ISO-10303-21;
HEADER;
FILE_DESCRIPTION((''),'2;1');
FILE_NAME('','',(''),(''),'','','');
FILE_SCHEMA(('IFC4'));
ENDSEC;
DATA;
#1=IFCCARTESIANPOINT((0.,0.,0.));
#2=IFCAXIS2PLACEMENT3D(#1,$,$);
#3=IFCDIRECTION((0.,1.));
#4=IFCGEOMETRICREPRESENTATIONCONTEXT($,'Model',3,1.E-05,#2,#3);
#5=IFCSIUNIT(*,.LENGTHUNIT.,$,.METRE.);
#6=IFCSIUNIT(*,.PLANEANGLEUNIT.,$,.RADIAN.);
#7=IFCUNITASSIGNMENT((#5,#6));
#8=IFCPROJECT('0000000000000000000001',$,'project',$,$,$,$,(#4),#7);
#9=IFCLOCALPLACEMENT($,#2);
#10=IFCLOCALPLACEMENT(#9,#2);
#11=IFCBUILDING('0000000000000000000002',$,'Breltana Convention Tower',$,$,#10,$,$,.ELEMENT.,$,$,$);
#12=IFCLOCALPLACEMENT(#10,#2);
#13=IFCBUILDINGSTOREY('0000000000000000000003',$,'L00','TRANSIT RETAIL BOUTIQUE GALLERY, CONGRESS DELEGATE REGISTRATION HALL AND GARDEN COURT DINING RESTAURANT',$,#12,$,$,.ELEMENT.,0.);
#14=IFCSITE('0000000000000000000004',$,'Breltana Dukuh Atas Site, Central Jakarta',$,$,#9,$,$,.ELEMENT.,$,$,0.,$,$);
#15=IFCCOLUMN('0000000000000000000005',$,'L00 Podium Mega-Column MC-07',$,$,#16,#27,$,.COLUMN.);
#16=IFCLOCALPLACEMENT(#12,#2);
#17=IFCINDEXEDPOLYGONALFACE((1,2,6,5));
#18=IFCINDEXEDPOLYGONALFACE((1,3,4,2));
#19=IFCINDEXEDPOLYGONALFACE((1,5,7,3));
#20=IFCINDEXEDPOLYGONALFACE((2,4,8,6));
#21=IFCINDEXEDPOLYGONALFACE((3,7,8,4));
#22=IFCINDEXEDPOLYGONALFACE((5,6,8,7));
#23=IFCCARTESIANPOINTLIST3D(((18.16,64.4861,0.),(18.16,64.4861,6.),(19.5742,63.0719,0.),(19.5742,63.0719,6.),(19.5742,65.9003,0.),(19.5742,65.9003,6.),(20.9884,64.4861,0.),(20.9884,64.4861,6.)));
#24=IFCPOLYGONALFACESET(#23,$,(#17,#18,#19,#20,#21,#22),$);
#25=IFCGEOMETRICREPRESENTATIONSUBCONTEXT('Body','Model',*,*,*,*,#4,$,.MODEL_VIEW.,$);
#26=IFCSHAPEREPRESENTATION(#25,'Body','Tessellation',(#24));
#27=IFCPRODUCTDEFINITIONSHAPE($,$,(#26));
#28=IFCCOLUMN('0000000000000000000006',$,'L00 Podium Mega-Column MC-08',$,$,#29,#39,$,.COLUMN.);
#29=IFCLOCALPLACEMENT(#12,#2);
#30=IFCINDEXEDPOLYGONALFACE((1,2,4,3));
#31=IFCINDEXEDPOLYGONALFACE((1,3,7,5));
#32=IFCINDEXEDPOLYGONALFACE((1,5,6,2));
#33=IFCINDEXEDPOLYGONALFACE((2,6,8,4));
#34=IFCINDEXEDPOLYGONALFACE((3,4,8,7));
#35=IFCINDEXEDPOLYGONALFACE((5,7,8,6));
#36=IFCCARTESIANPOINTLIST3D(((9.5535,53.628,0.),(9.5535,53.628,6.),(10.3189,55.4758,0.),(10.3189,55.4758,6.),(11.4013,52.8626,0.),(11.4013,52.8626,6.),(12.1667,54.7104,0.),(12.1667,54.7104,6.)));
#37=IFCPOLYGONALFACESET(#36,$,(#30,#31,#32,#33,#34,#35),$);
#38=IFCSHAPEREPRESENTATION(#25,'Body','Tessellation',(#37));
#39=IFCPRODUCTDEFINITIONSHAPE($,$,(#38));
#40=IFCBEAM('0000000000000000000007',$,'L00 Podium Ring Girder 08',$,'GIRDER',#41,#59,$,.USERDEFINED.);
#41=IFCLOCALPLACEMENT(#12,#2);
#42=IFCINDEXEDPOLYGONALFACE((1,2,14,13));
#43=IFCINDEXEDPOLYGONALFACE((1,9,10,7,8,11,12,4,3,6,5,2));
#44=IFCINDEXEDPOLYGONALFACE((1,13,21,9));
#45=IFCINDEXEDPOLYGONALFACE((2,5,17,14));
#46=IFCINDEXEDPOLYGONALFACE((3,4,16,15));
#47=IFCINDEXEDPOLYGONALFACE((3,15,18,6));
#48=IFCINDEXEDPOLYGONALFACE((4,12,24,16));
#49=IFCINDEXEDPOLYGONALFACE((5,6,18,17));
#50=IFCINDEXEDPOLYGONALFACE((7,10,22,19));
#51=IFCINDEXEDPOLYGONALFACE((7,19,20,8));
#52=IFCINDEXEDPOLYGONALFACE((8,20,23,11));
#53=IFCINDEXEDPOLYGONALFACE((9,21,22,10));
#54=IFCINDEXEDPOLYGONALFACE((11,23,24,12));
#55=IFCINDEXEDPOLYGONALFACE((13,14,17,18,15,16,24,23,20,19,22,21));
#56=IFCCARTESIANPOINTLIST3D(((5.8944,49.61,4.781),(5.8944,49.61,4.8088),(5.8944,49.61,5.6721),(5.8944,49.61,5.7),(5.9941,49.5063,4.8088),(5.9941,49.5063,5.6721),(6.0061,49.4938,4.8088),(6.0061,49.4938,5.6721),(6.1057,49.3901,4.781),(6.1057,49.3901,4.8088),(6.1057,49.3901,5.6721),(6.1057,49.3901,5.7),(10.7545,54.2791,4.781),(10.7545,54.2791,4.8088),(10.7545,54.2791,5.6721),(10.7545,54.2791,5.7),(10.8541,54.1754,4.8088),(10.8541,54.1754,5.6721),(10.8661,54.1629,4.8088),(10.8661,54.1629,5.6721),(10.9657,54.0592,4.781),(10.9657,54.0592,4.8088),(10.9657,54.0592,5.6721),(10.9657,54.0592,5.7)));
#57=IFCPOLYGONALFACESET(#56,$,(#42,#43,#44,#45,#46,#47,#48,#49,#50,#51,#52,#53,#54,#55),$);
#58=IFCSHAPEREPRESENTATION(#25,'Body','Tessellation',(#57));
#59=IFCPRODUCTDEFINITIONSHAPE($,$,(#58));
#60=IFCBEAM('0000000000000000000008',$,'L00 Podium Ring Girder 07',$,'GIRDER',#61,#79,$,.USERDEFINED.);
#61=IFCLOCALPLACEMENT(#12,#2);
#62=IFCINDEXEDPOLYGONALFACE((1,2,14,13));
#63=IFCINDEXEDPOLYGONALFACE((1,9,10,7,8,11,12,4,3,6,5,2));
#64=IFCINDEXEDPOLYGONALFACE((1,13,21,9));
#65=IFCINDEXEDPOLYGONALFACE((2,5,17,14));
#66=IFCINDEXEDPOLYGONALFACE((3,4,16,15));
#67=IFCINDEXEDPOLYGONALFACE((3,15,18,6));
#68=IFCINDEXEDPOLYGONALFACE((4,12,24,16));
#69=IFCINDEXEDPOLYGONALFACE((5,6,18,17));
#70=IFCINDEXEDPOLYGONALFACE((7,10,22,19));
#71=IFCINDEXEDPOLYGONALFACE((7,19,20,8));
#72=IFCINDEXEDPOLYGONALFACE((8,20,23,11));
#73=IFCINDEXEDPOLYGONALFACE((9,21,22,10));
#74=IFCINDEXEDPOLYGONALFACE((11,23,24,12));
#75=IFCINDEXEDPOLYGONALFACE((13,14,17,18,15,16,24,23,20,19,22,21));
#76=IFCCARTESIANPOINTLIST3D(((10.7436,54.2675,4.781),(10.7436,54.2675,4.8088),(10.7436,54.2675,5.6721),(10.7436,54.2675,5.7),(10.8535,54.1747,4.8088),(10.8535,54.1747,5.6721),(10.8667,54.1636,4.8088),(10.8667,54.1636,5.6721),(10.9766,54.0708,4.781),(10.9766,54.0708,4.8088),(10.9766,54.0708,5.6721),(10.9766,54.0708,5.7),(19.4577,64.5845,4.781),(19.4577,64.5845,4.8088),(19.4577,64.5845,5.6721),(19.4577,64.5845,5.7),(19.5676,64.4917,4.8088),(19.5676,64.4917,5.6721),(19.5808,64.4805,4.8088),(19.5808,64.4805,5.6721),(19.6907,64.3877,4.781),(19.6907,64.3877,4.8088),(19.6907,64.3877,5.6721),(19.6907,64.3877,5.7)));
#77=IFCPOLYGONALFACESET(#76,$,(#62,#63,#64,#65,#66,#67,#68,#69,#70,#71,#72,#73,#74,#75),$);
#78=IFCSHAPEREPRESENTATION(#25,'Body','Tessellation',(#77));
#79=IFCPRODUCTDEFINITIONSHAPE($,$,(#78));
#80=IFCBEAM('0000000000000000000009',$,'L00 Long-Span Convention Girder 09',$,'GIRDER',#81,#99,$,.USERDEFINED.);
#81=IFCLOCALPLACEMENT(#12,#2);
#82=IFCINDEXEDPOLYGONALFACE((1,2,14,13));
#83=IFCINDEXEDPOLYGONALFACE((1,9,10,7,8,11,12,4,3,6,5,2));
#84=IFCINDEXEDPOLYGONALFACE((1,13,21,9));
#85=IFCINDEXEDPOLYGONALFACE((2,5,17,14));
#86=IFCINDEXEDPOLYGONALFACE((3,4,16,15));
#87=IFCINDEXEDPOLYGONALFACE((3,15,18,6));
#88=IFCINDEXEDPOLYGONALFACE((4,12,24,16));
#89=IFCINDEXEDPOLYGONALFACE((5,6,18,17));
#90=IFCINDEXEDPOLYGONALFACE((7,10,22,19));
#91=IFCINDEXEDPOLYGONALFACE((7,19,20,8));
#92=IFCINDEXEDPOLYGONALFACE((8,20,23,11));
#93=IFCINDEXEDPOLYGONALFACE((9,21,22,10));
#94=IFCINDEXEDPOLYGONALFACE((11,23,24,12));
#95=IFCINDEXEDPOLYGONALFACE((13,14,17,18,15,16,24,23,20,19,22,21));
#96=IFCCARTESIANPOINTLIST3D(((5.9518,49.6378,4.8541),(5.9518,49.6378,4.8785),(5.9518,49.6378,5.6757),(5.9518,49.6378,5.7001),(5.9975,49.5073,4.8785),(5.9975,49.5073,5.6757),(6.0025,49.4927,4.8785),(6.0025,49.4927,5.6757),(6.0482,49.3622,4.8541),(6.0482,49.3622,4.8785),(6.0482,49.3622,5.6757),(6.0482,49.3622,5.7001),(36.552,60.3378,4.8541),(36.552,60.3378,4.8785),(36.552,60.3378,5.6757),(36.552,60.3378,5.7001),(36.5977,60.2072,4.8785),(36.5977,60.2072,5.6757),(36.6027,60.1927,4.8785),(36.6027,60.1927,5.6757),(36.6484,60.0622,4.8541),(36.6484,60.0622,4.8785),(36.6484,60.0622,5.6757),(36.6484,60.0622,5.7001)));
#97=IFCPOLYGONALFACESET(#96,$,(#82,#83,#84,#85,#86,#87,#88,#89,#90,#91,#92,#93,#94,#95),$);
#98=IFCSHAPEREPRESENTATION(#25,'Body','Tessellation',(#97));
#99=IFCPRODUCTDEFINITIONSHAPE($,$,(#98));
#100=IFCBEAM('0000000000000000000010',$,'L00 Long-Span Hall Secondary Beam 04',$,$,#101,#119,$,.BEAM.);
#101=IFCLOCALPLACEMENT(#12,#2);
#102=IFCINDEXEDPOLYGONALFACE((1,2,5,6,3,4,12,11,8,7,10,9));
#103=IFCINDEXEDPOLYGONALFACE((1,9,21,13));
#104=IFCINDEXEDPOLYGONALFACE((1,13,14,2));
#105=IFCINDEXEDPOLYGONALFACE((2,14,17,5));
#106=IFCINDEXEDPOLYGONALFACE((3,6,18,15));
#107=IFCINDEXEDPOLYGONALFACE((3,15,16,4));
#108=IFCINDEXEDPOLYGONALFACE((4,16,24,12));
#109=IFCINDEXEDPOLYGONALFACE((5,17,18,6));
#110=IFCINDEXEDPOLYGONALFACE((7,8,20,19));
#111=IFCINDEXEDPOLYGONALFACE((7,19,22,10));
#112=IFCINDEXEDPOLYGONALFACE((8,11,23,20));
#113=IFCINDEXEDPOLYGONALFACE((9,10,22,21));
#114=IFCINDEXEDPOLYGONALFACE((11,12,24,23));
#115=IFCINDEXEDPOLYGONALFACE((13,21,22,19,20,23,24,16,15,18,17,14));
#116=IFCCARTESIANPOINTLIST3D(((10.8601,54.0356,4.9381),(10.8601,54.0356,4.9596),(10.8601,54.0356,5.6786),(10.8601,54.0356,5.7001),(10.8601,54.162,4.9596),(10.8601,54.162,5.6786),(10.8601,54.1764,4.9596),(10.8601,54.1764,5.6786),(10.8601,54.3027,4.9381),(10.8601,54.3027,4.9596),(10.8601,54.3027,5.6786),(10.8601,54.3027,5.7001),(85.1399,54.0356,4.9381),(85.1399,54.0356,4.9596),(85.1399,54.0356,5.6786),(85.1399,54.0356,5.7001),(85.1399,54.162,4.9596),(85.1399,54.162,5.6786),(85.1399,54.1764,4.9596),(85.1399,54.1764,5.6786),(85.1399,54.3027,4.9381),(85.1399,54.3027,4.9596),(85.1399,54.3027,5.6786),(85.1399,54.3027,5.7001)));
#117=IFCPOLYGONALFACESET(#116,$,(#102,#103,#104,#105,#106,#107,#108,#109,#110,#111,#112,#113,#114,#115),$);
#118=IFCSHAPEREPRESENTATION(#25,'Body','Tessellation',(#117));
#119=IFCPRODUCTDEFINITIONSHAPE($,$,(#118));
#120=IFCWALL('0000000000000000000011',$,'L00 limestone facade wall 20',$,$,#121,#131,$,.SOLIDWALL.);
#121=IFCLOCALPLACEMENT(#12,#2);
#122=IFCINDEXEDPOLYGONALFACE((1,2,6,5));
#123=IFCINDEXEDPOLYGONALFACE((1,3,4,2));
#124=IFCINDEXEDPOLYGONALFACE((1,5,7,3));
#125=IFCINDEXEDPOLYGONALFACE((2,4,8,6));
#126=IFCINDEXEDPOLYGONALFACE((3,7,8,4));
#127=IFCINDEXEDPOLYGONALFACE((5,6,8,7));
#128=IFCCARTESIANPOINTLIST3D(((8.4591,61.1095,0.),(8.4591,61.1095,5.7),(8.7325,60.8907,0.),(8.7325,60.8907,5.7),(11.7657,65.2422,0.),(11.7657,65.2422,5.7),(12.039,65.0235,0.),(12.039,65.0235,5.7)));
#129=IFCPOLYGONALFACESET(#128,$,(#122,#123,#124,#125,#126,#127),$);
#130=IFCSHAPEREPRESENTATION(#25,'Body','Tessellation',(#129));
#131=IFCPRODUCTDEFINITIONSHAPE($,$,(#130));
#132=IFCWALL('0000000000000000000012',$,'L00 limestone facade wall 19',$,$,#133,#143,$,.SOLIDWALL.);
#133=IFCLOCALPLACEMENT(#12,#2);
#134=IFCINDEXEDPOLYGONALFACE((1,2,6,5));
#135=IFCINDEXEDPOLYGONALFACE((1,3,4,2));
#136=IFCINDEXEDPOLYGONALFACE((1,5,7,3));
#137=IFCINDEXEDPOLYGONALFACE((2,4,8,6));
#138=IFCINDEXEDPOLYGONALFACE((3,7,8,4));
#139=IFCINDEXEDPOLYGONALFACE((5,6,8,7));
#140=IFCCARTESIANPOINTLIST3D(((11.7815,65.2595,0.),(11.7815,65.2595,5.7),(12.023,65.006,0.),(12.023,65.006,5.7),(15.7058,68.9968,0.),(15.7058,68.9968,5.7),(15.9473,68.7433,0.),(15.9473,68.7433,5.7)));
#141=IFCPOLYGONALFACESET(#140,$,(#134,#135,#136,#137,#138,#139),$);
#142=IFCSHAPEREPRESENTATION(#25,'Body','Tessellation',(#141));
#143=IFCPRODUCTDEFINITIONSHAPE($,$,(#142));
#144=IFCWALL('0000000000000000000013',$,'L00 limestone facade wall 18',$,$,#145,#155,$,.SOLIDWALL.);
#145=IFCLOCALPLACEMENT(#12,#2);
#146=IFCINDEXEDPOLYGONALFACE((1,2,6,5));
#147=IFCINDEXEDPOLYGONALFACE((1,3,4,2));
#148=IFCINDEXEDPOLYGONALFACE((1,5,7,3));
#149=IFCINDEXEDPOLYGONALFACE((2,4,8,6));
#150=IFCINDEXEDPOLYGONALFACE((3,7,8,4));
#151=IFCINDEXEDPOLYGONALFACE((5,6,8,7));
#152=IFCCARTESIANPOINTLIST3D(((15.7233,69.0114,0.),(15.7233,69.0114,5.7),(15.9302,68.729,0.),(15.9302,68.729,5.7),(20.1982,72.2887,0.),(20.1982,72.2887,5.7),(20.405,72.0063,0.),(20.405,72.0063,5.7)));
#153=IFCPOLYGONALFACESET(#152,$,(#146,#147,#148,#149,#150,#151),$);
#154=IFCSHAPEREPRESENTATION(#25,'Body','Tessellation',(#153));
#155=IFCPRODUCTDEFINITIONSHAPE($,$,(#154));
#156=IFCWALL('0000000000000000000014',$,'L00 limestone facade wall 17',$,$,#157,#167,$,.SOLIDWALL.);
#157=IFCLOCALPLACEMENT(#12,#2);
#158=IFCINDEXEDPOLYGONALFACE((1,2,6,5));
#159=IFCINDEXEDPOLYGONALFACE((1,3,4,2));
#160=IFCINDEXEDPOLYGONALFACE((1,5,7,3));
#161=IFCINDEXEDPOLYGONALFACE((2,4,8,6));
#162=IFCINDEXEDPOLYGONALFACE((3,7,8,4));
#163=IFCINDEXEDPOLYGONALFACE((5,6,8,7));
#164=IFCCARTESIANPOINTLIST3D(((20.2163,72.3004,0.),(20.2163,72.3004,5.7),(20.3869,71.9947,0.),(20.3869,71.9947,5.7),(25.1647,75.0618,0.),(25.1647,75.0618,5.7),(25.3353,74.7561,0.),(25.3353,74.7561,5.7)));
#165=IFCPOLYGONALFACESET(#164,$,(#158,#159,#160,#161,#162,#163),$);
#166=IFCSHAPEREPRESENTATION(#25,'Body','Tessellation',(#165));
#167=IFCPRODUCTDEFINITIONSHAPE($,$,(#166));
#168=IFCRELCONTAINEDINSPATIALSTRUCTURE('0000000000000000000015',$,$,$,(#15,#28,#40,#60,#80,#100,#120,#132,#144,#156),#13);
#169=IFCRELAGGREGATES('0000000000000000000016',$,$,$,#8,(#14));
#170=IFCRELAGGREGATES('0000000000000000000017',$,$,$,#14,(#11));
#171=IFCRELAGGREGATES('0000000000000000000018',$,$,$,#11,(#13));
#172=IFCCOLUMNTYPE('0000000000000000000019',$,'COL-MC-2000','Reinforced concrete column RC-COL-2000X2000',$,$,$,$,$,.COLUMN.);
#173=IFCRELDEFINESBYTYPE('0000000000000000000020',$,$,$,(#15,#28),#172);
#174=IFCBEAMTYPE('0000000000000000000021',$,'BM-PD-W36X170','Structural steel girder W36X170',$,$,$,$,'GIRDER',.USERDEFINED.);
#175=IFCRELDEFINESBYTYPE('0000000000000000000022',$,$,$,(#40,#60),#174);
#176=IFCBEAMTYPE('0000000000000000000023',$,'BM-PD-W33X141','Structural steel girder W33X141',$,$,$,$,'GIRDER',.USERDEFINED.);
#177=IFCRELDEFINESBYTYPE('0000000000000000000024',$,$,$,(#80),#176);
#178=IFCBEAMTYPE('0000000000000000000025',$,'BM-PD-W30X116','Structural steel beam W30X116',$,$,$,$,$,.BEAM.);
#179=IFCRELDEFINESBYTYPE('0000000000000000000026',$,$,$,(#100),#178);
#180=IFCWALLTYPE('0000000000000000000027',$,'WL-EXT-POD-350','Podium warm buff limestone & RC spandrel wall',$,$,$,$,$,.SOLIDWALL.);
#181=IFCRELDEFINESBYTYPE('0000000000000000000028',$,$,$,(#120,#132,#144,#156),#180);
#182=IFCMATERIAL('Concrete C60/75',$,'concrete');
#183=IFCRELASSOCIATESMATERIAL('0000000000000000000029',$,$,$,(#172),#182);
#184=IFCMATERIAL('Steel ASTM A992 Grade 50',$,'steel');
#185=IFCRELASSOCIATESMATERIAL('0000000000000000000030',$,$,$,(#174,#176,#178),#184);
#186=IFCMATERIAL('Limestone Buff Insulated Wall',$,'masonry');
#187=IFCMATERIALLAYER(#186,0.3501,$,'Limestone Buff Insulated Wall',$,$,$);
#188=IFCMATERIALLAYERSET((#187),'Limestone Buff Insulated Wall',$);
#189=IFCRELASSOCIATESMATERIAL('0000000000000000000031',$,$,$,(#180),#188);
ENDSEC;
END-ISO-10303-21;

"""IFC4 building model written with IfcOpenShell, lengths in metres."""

from ifc_helpers import new_model, si_unit, direction, frame, frame_2d, origin, origin_2d, place, context, subcontext, project, spatial, rectangle, i_section, extrude, source, transform, mapped, material, layer, layer_set, material_profile, profile_set, type_object, type_shapes, element, save


model = new_model("IFC4")

# Units and contexts
model_context = context("Model", 3, precision=1e-05, world=origin(), true_north=direction((0.0, 1.0)))
body_context = subcontext(model_context, "Body", "Model", "MODEL_VIEW")
ifc_project = project(units=[si_unit("LENGTHUNIT", "METRE"), si_unit("PLANEANGLEUNIT", "RADIAN")], contexts=[model_context])

# Site, building, storey
site_placement = place(None, origin())
site = spatial("IfcSite", under=ifc_project, at=site_placement, Name="Breltana Dukuh Atas Site, Central Jakarta", CompositionType="ELEMENT", RefElevation=0.0)
building_placement = place(site_placement, origin())
building = spatial("IfcBuilding", under=site, at=building_placement, Name="Breltana Convention Tower", CompositionType="ELEMENT")
storey_placement = place(building_placement, origin())
storey = spatial("IfcBuildingStorey", under=building, at=storey_placement, Name="L00", Description="TRANSIT RETAIL BOUTIQUE GALLERY, CONGRESS DELEGATE REGISTRATION HALL AND GARDEN COURT DINING RESTAURANT", CompositionType="ELEMENT", Elevation=0.0)

# Columns
ifc_material_1 = material(Name="Concrete C60/75", Category="concrete")
ifc_material_profile_1 = material_profile(ifc_material_1, rectangle(XDim=2.0, YDim=2.0, at=origin_2d()), Name="RC-COL-2000X2000")
ifc_profile_set_1 = profile_set([ifc_material_profile_1], Name="Concrete C60/75")
column_type = type_object("IfcColumnType", Name="COL-MC-2000", Description="Reinforced concrete column RC-COL-2000X2000", PredefinedType="COLUMN", material=ifc_profile_set_1)
shared_shape_1 = source(origin(), body_context, "Body", "SweptSolid", [
    extrude(rectangle(XDim=2.0, YDim=2.0, at=origin_2d()), origin(), (0.0, 0.0, 1.0), 6.0),
])
for number, where, z_axis, x_axis, name in (
    (1, (19.5742, 64.4861, 0.0), (0.0, 0.0, 1.0), (-0.707107, 0.707107, 0.0), "L00 Podium Mega-Column MC-07"),
    (2, (10.8601, 54.1692, 0.0), (0.0, 0.0, 1.0), (-0.92388, 0.382683, 0.0), "L00 Podium Mega-Column MC-08"),
):
    element("IfcColumn", number, at=place(storey_placement, frame(where, z_axis=z_axis, x_axis=x_axis)), inside=storey, type_object=column_type, Name=name, PredefinedType="COLUMN", context=body_context, shape_type="MappedRepresentation", body=[
        mapped(shared_shape_1, transform((0.0, 0.0, 0.0), scale=1.0)),
    ])

# Beams
ifc_material_2 = material(Name="Steel ASTM A992 Grade 50", Category="steel")
ifc_material_profile_2 = material_profile(ifc_material_2, i_section(OverallWidth=0.3049, OverallDepth=0.9189, WebThickness=0.0173, FlangeThickness=0.0278, at=origin_2d()), Name="W36X170")
ifc_profile_set_2 = profile_set([ifc_material_profile_2], Name="Steel ASTM A992 Grade 50")
beam_type_1 = type_object("IfcBeamType", Name="BM-PD-W36X170", Description="Structural steel girder W36X170", ElementType="GIRDER", PredefinedType="USERDEFINED", material=ifc_profile_set_2)
shared_shape_2 = source(origin(), body_context, "Body", "SweptSolid", [
    extrude(i_section(OverallWidth=0.3049, OverallDepth=0.9189, WebThickness=0.0173, FlangeThickness=0.0278, at=origin_2d()), origin(), (0.0, 0.0, 1.0), 6.7395),
])
type_shapes(beam_type_1, [shared_shape_2])
beam_1_placement = place(storey_placement, frame((10.8601, 54.1692, 5.2405), z_axis=(-0.721129, -0.692801, 0.0), x_axis=(0.692801, -0.721129, 0.0)))
element("IfcBeam", 3, at=beam_1_placement, inside=storey, type_object=beam_type_1, Name="L00 Podium Ring Girder 08", ObjectType="GIRDER", PredefinedType="USERDEFINED", context=body_context, shape_type="MappedRepresentation", body=[
    mapped(shared_shape_2, transform((0.0, 0.0, 0.0), scale=1.0)),
])
shared_shape_3 = source(origin(), body_context, "Body", "SweptSolid", [
    extrude(i_section(OverallWidth=0.3049, OverallDepth=0.9189, WebThickness=0.0173, FlangeThickness=0.0278, at=origin_2d()), origin(), (0.0, 0.0, 1.0), 13.5046),
])
beam_2_placement = place(storey_placement, frame((19.5742, 64.4861, 5.2405), z_axis=(-0.64527, -0.763954, 0.0), x_axis=(0.763954, -0.64527, 0.0)))
element("IfcBeam", 4, at=beam_2_placement, inside=storey, type_object=beam_type_1, Name="L00 Podium Ring Girder 07", ObjectType="GIRDER", PredefinedType="USERDEFINED", context=body_context, shape_type="MappedRepresentation", body=[
    mapped(shared_shape_3, transform((0.0, 0.0, 0.0), scale=1.0)),
])
ifc_material_profile_3 = material_profile(ifc_material_2, i_section(OverallWidth=0.292, OverallDepth=0.8459, WebThickness=0.0154, FlangeThickness=0.0244, at=origin_2d()), Name="W33X141")
ifc_profile_set_3 = profile_set([ifc_material_profile_3], Name="Steel ASTM A992 Grade 50")
beam_type_2 = type_object("IfcBeamType", Name="BM-PD-W33X141", Description="Structural steel girder W33X141", ElementType="GIRDER", PredefinedType="USERDEFINED", material=ifc_profile_set_3)
shared_shape_4 = source(origin(), body_context, "Body", "SweptSolid", [
    extrude(i_section(OverallWidth=0.292, OverallDepth=0.8459, WebThickness=0.0154, FlangeThickness=0.0244, at=origin_2d()), origin(), (0.0, 0.0, 1.0), 32.417),
])
type_shapes(beam_type_2, [shared_shape_4])
beam_3_placement = place(storey_placement, frame((6.0, 49.5, 5.2771), z_axis=(0.943955, 0.330073, 0.0), x_axis=(-0.330073, 0.943955, 0.0)))
element("IfcBeam", 5, at=beam_3_placement, inside=storey, type_object=beam_type_2, Name="L00 Long-Span Convention Girder 09", ObjectType="GIRDER", PredefinedType="USERDEFINED", context=body_context, shape_type="MappedRepresentation", body=[
    mapped(shared_shape_4, transform((0.0, 0.0, 0.0), scale=1.0)),
])
ifc_material_profile_4 = material_profile(ifc_material_2, i_section(OverallWidth=0.2671, OverallDepth=0.762, WebThickness=0.0144, FlangeThickness=0.0215, at=origin_2d()), Name="W30X116")
ifc_profile_set_4 = profile_set([ifc_material_profile_4], Name="Steel ASTM A992 Grade 50")
beam_type_3 = type_object("IfcBeamType", Name="BM-PD-W30X116", Description="Structural steel beam W30X116", PredefinedType="BEAM", material=ifc_profile_set_4)
shared_shape_5 = source(origin(), body_context, "Body", "SweptSolid", [
    extrude(i_section(OverallWidth=0.2671, OverallDepth=0.762, WebThickness=0.0144, FlangeThickness=0.0215, at=origin_2d()), origin(), (0.0, 0.0, 1.0), 74.2798),
])
type_shapes(beam_type_3, [shared_shape_5])
beam_4_placement = place(storey_placement, frame((10.8601, 54.1692, 5.3191), z_axis=(1.0, 0.0, 0.0), x_axis=(0.0, 1.0, 0.0)))
element("IfcBeam", 6, at=beam_4_placement, inside=storey, type_object=beam_type_3, Name="L00 Long-Span Hall Secondary Beam 04", PredefinedType="BEAM", context=body_context, shape_type="MappedRepresentation", body=[
    mapped(shared_shape_5, transform((0.0, 0.0, 0.0), scale=1.0)),
])

# Walls
ifc_material_3 = material(Name="Limestone Buff Insulated Wall", Category="masonry")
ifc_layer_1 = layer(ifc_material_3, 0.3501, Name="Limestone Buff Insulated Wall")
ifc_layer_set_1 = layer_set([ifc_layer_1], Name="Limestone Buff Insulated Wall")
wall_type_1 = type_object("IfcWallType", Name="WL-EXT-POD-350", Description="Podium warm buff limestone & RC spandrel wall", PredefinedType="SOLIDWALL", material=ifc_layer_set_1)
shared_shape_6 = source(origin(), body_context, "Body", "SweptSolid", [
    extrude(rectangle(XDim=5.2927, YDim=0.3501, at=frame_2d((2.6465, 0.0))), origin(), (0.0, 0.0, 1.0), 5.7),
])
wall_1_placement = place(storey_placement, frame((8.5957, 61.0, 0.0), z_axis=(0.0, 0.0, 1.0), x_axis=(0.62474, 0.780833, 0.0)))
element("IfcWall", 7, at=wall_1_placement, inside=storey, type_object=wall_type_1, Name="L00 limestone facade wall 20", PredefinedType="SOLIDWALL", context=body_context, shape_type="MappedRepresentation", body=[
    mapped(shared_shape_6, transform((0.0, 0.0, 0.0), scale=1.0)),
])
shared_shape_7 = source(origin(), body_context, "Body", "SweptSolid", [
    extrude(rectangle(XDim=5.4192, YDim=0.3501, at=frame_2d((2.7095, 0.0))), origin(), (0.0, 0.0, 1.0), 5.7),
])
wall_2_placement = place(storey_placement, frame((11.9023, 65.1328, 0.0), z_axis=(0.0, 0.0, 1.0), x_axis=(0.724151, 0.689642, 0.0)))
element("IfcWall", 8, at=wall_2_placement, inside=storey, type_object=wall_type_1, Name="L00 limestone facade wall 19", PredefinedType="SOLIDWALL", context=body_context, shape_type="MappedRepresentation", body=[
    mapped(shared_shape_7, transform((0.0, 0.0, 0.0), scale=1.0)),
])
shared_shape_8 = source(origin(), body_context, "Body", "SweptSolid", [
    extrude(rectangle(XDim=5.5466, YDim=0.3501, at=frame_2d((2.7734, 0.0))), origin(), (0.0, 0.0, 1.0), 5.7),
])
wall_3_placement = place(storey_placement, frame((15.8267, 68.8701, 0.0), z_axis=(0.0, 0.0, 1.0), x_axis=(0.806767, 0.590869, 0.0)))
element("IfcWall", 9, at=wall_3_placement, inside=storey, type_object=wall_type_1, Name="L00 limestone facade wall 18", PredefinedType="SOLIDWALL", context=body_context, shape_type="MappedRepresentation", body=[
    mapped(shared_shape_8, transform((0.0, 0.0, 0.0), scale=1.0)),
])
shared_shape_9 = source(origin(), body_context, "Body", "SweptSolid", [
    extrude(rectangle(XDim=5.6667, YDim=0.3501, at=frame_2d((2.8335, 0.0))), origin(), (0.0, 0.0, 1.0), 5.7),
])
wall_4_placement = place(storey_placement, frame((20.3015, 72.1475, 0.0), z_axis=(0.0, 0.0, 1.0), x_axis=(0.873233, 0.487303, 0.0)))
element("IfcWall", 10, at=wall_4_placement, inside=storey, type_object=wall_type_1, Name="L00 limestone facade wall 17", PredefinedType="SOLIDWALL", context=body_context, shape_type="MappedRepresentation", body=[
    mapped(shared_shape_9, transform((0.0, 0.0, 0.0), scale=1.0)),
])

save(model, "model.ifc")
